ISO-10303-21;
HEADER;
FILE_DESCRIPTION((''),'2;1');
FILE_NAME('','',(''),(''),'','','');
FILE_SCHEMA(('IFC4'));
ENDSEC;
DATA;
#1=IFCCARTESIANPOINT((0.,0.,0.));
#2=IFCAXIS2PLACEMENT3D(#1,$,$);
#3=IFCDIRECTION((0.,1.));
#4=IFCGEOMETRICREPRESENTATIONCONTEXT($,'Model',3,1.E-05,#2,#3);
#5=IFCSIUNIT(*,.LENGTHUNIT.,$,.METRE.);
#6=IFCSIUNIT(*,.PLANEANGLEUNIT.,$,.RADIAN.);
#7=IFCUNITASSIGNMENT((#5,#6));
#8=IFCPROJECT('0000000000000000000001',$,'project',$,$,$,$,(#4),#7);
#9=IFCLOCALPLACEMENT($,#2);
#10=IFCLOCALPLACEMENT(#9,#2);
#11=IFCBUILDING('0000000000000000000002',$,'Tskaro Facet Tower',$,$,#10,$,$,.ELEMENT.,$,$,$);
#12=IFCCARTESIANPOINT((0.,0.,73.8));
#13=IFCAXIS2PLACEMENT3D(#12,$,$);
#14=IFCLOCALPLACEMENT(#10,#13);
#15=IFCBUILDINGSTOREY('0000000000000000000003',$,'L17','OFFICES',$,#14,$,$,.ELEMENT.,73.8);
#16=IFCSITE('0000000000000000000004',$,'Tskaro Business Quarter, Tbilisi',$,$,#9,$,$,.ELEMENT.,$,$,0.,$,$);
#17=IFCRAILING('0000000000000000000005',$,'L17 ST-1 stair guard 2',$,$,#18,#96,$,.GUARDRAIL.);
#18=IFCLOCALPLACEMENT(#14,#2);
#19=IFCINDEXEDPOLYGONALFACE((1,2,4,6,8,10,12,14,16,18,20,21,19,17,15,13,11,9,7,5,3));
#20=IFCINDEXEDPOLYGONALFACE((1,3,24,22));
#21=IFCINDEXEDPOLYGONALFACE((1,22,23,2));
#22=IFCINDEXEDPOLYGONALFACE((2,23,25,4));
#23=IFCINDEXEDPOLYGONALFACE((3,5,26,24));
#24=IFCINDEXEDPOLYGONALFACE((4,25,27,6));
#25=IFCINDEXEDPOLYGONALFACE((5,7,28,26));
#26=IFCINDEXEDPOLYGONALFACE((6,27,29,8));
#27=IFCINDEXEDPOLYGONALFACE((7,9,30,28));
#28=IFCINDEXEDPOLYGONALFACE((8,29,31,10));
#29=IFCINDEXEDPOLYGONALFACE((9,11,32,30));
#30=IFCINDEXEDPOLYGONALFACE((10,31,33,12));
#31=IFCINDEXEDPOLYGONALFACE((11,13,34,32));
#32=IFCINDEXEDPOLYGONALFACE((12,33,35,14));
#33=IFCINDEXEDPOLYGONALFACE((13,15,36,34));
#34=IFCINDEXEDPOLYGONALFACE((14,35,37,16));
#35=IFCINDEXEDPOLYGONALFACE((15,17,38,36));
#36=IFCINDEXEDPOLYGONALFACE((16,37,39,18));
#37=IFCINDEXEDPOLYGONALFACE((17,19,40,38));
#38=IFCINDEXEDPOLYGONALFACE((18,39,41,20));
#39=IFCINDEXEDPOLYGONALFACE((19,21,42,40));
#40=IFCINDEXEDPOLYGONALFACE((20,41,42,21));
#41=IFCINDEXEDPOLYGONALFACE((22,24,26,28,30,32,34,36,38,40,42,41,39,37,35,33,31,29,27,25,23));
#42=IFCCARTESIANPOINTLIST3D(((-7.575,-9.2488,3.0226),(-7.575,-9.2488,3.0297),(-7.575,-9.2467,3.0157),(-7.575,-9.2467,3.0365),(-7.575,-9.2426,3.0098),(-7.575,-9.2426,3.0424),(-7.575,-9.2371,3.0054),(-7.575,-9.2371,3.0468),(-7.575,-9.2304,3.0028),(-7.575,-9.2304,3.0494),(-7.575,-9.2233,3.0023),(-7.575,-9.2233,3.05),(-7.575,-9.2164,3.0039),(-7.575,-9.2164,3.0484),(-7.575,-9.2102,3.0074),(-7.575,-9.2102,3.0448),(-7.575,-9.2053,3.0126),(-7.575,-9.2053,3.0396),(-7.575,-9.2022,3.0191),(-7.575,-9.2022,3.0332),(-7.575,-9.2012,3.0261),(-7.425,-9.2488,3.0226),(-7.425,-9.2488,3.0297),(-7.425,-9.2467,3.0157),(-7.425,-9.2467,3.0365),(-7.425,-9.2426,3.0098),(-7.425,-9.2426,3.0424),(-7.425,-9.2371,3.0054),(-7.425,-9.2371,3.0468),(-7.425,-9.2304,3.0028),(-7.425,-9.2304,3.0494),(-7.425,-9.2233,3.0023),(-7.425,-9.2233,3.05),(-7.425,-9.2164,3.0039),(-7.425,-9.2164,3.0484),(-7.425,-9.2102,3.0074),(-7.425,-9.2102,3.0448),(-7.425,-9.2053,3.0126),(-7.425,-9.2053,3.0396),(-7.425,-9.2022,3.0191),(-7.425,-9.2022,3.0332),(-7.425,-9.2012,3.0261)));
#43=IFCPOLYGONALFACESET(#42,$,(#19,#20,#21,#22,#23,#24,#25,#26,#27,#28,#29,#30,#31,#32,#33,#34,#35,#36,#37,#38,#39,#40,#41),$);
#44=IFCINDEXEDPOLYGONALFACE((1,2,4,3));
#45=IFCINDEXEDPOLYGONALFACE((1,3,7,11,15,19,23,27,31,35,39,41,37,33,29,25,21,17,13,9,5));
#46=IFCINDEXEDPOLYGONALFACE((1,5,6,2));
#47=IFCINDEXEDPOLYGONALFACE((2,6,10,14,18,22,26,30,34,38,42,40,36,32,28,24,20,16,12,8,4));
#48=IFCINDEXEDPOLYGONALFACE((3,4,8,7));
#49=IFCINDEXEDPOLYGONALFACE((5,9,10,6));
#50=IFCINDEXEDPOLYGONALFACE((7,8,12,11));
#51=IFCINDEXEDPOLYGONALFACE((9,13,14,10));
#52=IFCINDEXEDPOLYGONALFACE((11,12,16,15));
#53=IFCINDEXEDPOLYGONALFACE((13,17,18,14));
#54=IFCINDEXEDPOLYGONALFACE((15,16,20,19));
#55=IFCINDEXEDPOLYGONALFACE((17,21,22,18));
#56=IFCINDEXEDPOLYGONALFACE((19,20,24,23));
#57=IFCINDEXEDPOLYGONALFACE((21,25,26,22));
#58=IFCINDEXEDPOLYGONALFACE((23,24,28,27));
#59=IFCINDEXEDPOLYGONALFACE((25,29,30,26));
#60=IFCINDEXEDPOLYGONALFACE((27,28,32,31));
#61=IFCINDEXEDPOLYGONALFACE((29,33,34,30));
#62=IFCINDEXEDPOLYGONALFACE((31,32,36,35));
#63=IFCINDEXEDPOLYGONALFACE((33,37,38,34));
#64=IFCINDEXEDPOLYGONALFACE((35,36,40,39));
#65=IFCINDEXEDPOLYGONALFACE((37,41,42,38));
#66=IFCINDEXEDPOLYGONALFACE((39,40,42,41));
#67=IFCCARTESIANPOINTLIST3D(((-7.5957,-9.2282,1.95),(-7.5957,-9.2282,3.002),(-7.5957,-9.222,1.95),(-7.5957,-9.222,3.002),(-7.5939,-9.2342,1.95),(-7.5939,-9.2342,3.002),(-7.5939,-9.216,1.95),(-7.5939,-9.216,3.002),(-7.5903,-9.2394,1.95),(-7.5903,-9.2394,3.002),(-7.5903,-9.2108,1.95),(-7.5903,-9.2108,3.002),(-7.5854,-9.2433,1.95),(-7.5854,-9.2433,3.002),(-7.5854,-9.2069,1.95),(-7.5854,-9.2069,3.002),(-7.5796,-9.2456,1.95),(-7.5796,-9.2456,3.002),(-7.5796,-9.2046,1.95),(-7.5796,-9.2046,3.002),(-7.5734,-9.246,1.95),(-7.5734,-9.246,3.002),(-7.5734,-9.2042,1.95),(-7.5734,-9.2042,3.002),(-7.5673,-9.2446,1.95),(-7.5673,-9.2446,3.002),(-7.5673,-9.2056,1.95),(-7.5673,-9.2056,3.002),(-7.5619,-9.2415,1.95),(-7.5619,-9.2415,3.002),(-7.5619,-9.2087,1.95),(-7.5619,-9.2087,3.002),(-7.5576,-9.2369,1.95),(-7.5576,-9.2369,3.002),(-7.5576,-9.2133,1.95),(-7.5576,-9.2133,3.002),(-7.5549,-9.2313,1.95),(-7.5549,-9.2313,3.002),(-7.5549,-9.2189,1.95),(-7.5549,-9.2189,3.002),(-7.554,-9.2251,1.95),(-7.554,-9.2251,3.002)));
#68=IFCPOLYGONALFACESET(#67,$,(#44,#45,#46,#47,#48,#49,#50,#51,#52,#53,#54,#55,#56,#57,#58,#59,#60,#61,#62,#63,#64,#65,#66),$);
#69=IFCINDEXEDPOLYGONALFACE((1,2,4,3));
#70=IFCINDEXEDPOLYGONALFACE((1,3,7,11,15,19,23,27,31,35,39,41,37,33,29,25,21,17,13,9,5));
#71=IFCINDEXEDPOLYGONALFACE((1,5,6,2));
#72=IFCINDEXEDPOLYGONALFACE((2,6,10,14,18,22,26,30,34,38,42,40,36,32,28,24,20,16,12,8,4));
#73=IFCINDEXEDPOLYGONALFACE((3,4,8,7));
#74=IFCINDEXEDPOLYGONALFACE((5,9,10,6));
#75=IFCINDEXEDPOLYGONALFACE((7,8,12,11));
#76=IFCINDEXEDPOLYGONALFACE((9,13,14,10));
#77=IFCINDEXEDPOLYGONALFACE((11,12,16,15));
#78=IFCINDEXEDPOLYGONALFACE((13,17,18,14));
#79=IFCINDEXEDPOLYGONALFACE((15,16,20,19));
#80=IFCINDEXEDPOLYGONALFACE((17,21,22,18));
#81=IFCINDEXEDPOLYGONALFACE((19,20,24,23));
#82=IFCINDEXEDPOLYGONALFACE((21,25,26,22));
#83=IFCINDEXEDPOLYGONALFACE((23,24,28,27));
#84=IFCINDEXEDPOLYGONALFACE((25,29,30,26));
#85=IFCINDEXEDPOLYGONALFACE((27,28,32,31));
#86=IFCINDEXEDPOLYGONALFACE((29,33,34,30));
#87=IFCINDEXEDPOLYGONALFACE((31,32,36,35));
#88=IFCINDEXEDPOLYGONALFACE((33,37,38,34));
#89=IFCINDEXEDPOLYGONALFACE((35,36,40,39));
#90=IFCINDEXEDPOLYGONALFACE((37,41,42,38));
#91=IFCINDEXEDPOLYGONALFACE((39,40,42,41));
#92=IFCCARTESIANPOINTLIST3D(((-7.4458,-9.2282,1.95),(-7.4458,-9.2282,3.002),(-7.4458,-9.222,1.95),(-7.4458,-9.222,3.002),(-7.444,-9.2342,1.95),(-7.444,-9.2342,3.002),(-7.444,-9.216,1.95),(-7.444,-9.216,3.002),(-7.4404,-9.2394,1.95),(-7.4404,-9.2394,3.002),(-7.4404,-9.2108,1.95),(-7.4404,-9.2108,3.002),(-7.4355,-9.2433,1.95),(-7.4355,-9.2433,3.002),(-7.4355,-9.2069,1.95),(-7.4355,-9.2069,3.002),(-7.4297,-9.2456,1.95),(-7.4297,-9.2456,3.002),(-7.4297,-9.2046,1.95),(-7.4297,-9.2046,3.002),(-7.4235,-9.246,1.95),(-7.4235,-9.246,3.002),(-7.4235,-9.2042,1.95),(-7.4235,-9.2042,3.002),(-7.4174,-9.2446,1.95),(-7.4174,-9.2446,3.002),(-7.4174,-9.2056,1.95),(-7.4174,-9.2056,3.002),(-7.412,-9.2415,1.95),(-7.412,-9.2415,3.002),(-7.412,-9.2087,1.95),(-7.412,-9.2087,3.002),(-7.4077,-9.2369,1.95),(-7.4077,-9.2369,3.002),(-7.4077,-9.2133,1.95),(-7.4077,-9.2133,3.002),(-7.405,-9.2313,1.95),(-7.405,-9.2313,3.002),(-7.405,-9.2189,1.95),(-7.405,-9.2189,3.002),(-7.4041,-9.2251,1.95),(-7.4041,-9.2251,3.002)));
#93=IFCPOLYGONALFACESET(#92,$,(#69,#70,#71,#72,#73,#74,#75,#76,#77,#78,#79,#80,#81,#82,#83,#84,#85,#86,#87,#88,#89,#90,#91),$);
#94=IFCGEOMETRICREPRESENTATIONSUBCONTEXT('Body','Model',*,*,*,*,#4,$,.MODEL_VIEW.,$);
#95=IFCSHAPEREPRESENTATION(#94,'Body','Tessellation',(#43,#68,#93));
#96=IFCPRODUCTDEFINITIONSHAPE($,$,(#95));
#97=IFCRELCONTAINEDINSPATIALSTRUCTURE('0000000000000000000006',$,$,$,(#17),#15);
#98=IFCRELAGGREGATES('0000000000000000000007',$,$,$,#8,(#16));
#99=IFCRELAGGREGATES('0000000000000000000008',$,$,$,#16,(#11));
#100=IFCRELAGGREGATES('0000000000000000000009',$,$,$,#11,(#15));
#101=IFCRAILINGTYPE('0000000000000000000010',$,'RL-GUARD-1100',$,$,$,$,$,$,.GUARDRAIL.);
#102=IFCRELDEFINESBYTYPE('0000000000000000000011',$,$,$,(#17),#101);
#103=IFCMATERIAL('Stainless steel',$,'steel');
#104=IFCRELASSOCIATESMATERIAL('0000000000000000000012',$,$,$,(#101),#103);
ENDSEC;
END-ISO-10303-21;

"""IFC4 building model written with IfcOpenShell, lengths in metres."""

from ifc_helpers import new_model, si_unit, direction, frame, origin, origin_2d, place, context, subcontext, project, spatial, circle, extrude, material, type_object, element, save


model = new_model("IFC4")

# Units and contexts
model_context = context("Model", 3, precision=1e-05, world=origin(), true_north=direction((0.0, 1.0)))
body_context = subcontext(model_context, "Body", "Model", "MODEL_VIEW")
ifc_project = project(units=[si_unit("LENGTHUNIT", "METRE"), si_unit("PLANEANGLEUNIT", "RADIAN")], contexts=[model_context])

# Site, building, storey
site_placement = place(None, origin())
site = spatial("IfcSite", under=ifc_project, at=site_placement, Name="Tskaro Business Quarter, Tbilisi", CompositionType="ELEMENT", RefElevation=0.0)
building_placement = place(site_placement, origin())
building = spatial("IfcBuilding", under=site, at=building_placement, Name="Tskaro Facet Tower", CompositionType="ELEMENT")
storey_placement = place(building_placement, frame((0.0, 0.0, 73.8)))
storey = spatial("IfcBuildingStorey", under=building, at=storey_placement, Name="L17", Description="OFFICES", CompositionType="ELEMENT", Elevation=73.8)

# Shared definitions
ifc_material_1 = material(Name="Stainless steel", Category="steel")

# Railing
railing_type_1 = type_object("IfcRailingType", Name="RL-GUARD-1100", PredefinedType="GUARDRAIL", material=ifc_material_1)
railing_1_placement = place(storey_placement, frame((-7.575, -9.2251, 1.95)))
element("IfcRailing", 1, at=railing_1_placement, inside=storey, type_object=railing_type_1, Name="L17 ST-1 stair guard 2", PredefinedType="GUARDRAIL", context=body_context, shape_type="SweptSolid", body=[
    extrude(circle(Radius=0.0239, at=origin_2d()), frame((0.0, 0.0, 1.0762), z_axis=(1.0, 0.0, 0.0), x_axis=(0.0, 1.0, 0.0)), (0.0, 0.0, 1.0), 0.1499),
    extrude(circle(Radius=0.021, at=origin_2d()), origin(), (0.0, 0.0, 1.0), 1.052),
    extrude(circle(Radius=0.021, at=origin_2d()), frame((0.1499, 0.0, 0.0)), (0.0, 0.0, 1.0), 1.052),
])

save(model, "model.ifc")
